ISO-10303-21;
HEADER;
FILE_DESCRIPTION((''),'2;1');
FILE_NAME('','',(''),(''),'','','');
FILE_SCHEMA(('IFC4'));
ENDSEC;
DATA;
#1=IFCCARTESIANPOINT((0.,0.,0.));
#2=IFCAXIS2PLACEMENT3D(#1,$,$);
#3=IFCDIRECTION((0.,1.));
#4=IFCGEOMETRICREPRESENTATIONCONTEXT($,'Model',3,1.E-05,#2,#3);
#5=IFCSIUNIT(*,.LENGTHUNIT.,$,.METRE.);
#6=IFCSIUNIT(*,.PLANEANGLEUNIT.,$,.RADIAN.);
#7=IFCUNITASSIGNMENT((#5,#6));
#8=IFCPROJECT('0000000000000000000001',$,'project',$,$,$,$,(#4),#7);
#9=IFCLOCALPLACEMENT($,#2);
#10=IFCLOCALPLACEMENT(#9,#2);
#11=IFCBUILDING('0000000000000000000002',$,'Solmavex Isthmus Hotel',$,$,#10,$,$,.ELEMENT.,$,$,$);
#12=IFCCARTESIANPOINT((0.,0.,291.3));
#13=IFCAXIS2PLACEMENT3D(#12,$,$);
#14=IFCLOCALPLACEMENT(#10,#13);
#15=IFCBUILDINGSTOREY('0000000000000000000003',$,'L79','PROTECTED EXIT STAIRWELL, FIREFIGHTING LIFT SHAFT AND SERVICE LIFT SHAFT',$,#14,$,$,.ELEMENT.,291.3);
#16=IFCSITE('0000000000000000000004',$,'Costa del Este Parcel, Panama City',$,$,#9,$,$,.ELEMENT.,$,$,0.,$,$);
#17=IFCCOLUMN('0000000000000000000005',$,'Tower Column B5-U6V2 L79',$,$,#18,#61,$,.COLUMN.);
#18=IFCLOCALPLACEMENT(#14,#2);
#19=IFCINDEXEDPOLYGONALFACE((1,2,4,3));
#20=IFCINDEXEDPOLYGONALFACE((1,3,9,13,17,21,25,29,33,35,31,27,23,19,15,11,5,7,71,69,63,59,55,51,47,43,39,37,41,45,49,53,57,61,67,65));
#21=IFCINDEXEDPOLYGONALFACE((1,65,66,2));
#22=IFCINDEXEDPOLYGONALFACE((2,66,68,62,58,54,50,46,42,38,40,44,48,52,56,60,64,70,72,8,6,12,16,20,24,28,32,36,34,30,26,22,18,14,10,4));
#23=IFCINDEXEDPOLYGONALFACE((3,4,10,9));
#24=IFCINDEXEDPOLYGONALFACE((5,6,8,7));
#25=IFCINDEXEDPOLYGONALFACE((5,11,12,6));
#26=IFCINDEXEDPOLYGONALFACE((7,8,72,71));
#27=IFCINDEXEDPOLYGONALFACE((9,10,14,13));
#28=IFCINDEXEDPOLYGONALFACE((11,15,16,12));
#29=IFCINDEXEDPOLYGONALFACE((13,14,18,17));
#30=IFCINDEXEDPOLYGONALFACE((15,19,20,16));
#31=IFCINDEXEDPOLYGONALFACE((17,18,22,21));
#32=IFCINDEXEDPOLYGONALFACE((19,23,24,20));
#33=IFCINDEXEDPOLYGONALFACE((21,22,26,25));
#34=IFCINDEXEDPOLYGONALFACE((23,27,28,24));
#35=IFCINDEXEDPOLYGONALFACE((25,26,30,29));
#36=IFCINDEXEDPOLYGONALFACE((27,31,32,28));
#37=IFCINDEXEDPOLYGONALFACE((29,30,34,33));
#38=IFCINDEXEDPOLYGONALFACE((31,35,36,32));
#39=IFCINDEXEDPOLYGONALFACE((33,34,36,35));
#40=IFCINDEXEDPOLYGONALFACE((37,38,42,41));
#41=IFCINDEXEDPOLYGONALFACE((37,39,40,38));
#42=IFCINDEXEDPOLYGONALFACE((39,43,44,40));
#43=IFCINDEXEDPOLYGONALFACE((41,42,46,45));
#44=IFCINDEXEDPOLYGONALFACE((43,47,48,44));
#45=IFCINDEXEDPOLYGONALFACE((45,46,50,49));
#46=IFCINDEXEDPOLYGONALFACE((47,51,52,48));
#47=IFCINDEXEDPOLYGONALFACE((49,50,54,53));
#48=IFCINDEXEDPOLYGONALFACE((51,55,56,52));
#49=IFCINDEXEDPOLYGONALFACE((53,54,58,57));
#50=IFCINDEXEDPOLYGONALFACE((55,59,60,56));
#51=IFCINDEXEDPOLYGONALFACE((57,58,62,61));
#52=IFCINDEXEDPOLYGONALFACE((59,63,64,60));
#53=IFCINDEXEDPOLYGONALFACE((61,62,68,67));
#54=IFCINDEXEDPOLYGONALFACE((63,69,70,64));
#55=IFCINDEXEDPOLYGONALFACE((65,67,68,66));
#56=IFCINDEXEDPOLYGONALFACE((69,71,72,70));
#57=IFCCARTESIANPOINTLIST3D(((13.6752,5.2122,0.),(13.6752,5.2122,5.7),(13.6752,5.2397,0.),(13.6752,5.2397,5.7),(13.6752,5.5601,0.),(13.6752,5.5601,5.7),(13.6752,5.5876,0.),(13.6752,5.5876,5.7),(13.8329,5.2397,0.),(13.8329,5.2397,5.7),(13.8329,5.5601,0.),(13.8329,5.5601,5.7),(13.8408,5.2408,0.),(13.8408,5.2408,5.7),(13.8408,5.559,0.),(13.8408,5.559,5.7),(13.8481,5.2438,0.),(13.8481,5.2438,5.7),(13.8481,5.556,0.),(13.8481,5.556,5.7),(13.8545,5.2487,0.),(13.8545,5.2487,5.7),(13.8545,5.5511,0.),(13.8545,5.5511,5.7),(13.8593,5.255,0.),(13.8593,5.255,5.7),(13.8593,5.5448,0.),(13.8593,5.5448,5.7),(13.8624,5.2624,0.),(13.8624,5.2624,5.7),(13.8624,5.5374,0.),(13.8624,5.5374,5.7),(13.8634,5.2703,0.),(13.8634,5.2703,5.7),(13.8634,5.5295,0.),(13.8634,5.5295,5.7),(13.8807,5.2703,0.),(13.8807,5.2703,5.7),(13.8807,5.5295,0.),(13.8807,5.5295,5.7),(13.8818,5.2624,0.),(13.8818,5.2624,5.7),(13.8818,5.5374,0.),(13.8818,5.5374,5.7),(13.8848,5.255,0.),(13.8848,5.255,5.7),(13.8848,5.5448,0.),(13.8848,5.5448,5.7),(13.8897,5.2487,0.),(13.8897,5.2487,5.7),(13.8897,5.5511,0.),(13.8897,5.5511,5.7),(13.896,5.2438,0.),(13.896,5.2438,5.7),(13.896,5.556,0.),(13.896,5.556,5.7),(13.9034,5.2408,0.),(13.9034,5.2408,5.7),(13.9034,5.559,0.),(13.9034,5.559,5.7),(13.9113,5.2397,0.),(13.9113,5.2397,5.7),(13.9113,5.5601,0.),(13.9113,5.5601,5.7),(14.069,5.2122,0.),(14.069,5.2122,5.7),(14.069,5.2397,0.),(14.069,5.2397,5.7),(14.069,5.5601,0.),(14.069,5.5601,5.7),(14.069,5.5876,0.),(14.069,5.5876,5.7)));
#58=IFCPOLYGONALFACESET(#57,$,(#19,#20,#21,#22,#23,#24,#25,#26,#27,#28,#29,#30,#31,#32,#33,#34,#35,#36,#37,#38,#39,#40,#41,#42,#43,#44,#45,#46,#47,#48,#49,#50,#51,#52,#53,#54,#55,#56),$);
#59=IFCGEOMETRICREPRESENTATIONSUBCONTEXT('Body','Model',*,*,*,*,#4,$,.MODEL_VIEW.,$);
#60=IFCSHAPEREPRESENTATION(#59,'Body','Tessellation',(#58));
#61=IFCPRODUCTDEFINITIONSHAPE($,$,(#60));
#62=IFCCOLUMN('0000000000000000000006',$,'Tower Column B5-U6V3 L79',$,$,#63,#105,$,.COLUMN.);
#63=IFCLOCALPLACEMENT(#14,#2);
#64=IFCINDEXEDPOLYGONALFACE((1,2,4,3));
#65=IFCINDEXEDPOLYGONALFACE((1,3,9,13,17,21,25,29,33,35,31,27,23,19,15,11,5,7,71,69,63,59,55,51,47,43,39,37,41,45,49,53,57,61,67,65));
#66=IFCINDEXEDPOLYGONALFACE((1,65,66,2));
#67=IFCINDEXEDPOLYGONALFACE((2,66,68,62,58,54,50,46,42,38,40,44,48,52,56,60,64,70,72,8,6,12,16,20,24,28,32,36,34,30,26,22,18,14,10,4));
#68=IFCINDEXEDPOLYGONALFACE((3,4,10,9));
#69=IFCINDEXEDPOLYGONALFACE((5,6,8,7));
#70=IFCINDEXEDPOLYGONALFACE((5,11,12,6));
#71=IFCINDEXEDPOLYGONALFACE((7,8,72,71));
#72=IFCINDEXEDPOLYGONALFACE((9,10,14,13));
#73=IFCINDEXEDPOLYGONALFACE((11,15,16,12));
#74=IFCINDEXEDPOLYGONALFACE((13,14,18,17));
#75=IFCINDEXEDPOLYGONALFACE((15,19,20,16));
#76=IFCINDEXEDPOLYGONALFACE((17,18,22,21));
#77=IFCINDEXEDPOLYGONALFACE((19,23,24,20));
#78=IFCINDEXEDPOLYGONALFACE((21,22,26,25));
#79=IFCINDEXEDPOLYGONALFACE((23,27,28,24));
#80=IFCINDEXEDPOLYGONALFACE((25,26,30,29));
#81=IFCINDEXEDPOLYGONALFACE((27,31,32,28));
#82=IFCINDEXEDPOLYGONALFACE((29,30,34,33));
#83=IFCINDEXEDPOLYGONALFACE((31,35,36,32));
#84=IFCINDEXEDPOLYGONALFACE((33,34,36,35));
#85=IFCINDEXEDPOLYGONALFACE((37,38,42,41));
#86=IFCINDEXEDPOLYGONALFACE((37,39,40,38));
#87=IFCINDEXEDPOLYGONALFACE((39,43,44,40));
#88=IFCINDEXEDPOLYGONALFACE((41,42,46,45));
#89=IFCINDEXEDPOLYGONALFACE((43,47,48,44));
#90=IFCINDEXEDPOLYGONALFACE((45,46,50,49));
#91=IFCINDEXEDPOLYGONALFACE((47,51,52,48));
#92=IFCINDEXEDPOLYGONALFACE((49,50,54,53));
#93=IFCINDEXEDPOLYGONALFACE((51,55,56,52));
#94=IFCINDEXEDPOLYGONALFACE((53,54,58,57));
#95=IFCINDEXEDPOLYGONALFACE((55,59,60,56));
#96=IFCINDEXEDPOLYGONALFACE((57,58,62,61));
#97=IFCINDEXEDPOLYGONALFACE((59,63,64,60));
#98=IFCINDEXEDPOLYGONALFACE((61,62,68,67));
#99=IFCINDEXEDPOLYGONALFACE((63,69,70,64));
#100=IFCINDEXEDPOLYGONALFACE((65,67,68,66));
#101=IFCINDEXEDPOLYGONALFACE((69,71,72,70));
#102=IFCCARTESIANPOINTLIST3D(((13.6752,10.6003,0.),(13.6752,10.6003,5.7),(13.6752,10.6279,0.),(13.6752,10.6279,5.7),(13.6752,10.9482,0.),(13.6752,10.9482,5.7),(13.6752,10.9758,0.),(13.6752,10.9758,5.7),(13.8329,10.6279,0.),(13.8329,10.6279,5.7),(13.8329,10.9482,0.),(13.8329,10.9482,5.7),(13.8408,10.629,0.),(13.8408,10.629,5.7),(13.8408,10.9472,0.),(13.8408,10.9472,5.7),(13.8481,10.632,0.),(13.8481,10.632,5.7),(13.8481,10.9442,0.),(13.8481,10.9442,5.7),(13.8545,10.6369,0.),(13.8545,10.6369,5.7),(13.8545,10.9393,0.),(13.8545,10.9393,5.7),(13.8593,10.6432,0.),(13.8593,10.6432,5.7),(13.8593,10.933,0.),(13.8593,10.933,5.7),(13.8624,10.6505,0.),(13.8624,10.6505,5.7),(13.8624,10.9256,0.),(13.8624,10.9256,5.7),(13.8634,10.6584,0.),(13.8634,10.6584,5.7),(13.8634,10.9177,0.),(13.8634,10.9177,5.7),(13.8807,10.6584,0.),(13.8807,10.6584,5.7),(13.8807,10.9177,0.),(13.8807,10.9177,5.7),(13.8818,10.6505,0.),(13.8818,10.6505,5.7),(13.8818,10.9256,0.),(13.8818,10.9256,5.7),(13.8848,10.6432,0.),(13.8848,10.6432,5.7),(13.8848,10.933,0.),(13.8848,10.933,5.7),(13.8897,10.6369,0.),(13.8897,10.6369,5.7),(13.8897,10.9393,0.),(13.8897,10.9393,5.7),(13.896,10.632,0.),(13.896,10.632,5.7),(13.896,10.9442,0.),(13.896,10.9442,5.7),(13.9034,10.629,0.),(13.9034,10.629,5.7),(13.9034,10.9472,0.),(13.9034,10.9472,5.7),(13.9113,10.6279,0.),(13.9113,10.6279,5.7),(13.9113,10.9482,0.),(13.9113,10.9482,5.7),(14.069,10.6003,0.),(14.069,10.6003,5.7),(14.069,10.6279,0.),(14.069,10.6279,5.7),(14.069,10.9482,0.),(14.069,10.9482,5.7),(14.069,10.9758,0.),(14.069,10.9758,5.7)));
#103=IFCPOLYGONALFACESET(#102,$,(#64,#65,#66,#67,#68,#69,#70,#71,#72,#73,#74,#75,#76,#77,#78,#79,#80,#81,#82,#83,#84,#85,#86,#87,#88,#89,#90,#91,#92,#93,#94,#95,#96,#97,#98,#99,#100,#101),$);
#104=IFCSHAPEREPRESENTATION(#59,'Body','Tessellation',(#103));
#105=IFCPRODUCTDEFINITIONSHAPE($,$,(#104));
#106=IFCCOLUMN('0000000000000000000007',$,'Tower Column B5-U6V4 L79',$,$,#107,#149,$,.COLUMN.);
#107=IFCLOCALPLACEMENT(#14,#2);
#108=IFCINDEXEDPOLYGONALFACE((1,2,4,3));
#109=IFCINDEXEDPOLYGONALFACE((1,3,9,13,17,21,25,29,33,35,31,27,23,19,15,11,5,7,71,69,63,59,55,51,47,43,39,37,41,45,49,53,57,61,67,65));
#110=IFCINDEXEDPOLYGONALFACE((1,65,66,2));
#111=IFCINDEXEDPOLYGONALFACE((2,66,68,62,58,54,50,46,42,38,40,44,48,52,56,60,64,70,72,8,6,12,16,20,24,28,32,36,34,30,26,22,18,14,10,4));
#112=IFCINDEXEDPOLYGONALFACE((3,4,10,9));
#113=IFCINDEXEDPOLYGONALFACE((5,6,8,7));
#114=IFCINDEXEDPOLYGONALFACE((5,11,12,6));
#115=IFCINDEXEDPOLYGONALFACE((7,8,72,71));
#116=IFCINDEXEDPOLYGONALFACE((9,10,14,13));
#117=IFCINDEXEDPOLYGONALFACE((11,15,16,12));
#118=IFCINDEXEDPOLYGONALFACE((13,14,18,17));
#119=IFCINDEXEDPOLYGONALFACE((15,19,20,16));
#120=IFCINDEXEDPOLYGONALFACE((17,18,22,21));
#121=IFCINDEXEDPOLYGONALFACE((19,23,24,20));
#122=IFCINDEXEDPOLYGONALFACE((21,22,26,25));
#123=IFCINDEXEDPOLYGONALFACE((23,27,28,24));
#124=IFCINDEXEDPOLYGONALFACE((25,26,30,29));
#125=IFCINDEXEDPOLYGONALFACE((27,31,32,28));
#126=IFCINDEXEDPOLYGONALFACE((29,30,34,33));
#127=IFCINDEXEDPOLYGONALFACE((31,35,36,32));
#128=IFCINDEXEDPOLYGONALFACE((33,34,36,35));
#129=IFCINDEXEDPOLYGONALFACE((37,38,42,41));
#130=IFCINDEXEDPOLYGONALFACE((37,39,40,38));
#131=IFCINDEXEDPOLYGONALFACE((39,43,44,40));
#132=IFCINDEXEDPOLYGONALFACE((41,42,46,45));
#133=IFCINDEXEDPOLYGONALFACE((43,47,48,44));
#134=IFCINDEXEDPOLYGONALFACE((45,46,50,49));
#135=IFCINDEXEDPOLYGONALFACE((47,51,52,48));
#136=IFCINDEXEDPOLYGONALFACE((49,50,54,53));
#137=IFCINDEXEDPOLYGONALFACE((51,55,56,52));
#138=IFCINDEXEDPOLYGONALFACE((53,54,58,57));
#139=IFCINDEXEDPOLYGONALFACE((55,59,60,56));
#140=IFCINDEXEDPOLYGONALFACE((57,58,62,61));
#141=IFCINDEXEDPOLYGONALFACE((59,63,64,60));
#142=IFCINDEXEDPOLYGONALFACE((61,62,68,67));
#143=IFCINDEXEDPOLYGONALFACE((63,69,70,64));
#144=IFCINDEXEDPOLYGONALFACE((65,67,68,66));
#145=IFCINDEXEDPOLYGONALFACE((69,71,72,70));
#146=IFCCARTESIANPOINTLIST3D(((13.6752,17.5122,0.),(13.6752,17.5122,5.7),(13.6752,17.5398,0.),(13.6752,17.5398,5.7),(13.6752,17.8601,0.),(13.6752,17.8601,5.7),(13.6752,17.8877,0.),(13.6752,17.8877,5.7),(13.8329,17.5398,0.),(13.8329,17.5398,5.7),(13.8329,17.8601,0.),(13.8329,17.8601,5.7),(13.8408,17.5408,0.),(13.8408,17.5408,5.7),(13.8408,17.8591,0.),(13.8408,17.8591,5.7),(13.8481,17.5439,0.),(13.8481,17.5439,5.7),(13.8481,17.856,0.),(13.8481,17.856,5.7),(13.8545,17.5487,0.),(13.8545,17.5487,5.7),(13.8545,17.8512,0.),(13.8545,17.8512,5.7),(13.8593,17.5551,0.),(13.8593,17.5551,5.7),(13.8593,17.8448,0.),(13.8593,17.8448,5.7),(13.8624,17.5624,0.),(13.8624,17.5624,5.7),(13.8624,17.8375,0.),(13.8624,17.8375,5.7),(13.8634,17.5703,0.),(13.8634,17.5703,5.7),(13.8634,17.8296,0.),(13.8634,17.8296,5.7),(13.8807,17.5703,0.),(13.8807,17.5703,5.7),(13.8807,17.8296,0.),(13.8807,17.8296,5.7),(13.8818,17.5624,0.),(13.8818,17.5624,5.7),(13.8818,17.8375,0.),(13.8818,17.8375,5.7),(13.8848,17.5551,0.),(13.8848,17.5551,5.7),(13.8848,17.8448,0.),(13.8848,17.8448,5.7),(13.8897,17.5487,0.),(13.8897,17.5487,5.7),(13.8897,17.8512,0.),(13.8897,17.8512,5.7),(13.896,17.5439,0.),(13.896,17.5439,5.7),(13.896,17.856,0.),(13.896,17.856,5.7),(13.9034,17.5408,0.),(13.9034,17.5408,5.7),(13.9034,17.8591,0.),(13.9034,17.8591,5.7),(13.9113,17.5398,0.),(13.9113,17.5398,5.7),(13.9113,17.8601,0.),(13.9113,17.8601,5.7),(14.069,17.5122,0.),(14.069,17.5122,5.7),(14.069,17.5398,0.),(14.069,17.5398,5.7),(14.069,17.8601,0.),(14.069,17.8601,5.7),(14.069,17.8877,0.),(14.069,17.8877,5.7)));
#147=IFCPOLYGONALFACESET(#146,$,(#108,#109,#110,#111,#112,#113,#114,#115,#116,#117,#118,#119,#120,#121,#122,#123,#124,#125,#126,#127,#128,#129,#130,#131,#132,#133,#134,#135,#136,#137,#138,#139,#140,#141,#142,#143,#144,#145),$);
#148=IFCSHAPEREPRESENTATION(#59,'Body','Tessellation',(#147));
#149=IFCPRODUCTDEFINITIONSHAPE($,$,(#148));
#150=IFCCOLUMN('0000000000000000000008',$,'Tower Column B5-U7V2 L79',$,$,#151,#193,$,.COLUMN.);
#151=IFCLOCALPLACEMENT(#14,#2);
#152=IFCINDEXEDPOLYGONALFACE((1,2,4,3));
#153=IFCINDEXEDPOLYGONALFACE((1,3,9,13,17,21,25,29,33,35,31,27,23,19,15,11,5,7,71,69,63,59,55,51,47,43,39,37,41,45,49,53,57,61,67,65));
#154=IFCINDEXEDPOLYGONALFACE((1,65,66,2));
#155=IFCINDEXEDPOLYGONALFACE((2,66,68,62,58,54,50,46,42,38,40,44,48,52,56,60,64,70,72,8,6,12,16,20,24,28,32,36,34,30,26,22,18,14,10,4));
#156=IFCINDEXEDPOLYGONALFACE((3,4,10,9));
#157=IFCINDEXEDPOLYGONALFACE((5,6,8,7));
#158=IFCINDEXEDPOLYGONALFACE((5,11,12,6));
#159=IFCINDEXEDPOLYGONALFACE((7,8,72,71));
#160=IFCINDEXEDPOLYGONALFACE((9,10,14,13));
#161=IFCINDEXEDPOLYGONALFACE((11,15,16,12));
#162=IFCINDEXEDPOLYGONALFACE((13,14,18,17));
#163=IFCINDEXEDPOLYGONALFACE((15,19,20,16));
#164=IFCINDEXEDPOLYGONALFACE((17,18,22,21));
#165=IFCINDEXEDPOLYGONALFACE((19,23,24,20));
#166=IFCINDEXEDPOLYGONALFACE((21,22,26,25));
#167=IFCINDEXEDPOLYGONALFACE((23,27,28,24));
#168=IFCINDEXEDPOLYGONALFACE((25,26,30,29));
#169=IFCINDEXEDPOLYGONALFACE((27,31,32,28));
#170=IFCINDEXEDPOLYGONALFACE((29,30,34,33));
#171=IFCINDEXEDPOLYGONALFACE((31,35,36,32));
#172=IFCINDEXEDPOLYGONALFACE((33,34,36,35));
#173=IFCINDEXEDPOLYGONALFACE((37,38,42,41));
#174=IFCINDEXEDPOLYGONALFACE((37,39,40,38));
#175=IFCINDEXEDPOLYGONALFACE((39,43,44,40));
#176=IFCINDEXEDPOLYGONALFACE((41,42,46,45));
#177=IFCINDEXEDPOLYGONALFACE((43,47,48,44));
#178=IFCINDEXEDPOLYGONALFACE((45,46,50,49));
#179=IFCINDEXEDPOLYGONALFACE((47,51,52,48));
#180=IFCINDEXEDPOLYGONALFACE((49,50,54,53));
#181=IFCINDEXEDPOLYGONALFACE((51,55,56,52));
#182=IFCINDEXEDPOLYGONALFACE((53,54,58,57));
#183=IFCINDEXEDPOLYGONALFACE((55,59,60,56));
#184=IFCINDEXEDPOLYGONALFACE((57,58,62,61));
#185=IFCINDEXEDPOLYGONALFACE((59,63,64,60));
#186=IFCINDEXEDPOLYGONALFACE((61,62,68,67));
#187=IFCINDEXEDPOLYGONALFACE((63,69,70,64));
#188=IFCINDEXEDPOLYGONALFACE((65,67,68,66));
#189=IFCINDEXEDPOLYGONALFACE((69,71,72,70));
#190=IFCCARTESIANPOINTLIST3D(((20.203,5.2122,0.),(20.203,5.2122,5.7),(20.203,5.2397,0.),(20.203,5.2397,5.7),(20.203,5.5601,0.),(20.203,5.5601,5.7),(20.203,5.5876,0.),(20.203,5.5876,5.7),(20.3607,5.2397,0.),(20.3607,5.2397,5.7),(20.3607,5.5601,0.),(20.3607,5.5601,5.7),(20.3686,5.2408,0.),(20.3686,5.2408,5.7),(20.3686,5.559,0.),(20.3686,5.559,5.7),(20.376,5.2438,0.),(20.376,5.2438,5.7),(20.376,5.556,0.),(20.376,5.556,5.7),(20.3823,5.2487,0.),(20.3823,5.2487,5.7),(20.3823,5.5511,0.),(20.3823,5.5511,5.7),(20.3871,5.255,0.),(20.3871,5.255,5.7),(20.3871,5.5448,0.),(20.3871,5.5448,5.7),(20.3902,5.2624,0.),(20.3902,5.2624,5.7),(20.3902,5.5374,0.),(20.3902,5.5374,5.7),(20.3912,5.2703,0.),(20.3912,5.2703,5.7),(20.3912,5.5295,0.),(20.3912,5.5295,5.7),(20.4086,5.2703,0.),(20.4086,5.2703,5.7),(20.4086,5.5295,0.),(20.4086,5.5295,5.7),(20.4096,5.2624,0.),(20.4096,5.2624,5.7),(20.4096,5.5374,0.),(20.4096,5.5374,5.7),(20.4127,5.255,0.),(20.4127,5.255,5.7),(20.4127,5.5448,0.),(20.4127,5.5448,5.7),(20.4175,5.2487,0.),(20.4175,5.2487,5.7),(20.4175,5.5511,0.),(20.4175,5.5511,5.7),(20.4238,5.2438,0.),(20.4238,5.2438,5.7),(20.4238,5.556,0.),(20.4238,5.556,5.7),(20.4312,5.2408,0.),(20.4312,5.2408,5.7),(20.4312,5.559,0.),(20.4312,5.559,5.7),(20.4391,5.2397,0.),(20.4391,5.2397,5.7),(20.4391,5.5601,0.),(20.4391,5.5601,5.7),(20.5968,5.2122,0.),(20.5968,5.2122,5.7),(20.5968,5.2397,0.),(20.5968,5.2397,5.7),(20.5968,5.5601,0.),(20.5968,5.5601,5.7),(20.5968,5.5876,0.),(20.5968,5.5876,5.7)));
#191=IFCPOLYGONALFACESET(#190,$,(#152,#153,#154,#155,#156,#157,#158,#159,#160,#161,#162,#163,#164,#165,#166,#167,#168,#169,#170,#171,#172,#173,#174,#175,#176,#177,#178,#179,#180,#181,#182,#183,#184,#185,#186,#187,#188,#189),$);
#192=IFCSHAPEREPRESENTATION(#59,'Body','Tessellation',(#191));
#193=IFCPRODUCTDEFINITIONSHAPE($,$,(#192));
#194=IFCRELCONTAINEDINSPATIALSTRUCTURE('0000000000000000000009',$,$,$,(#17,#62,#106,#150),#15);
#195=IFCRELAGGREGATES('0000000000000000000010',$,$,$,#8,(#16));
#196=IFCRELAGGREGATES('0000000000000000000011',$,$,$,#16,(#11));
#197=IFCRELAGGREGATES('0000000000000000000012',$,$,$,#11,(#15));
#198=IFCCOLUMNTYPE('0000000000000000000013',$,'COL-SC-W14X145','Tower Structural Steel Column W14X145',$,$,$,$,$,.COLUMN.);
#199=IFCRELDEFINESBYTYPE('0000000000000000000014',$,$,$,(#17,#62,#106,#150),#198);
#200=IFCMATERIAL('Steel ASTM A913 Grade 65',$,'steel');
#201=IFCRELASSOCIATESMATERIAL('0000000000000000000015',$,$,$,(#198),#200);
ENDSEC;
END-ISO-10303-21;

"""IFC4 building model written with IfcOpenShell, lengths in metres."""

from ifc_helpers import new_model, si_unit, direction, frame, origin, origin_2d, place, context, subcontext, project, spatial, i_section, extrude, material, material_profile, profile_set, type_object, element, save


model = new_model("IFC4")

# Units and contexts
model_context = context("Model", 3, precision=1e-05, world=origin(), true_north=direction((0.0, 1.0)))
body_context = subcontext(model_context, "Body", "Model", "MODEL_VIEW")
ifc_project = project(units=[si_unit("LENGTHUNIT", "METRE"), si_unit("PLANEANGLEUNIT", "RADIAN")], contexts=[model_context])

# Site, building, storey
site_placement = place(None, origin())
site = spatial("IfcSite", under=ifc_project, at=site_placement, Name="Costa del Este Parcel, Panama City", CompositionType="ELEMENT", RefElevation=0.0)
building_placement = place(site_placement, origin())
building = spatial("IfcBuilding", under=site, at=building_placement, Name="Solmavex Isthmus Hotel", CompositionType="ELEMENT")
storey_placement = place(building_placement, frame((0.0, 0.0, 291.3)))
storey = spatial("IfcBuildingStorey", under=building, at=storey_placement, Name="L79", Description="PROTECTED EXIT STAIRWELL, FIREFIGHTING LIFT SHAFT AND SERVICE LIFT SHAFT", CompositionType="ELEMENT", Elevation=291.3)

# Columns
ifc_material_1 = material(Name="Steel ASTM A913 Grade 65", Category="steel")
ifc_material_profile_1 = material_profile(ifc_material_1, i_section(OverallWidth=0.3938, OverallDepth=0.3755, WebThickness=0.0173, FlangeThickness=0.0276, FilletRadius=0.0305, at=origin_2d()), Name="W14X145")
ifc_profile_set_1 = profile_set([ifc_material_profile_1], Name="Steel ASTM A913 Grade 65")
column_type = type_object("IfcColumnType", Name="COL-SC-W14X145", Description="Tower Structural Steel Column W14X145", PredefinedType="COLUMN", material=ifc_profile_set_1)
for number, where, z_axis, x_axis, name in (
    (1, (13.8721, 5.3999, 0.0), (0.0, 0.0, 1.0), (1.0, 0.0, 0.0), "Tower Column B5-U6V2 L79"),
    (2, (13.8721, 10.7881, 0.0), (0.0, 0.0, 1.0), (1.0, 0.0, 0.0), "Tower Column B5-U6V3 L79"),
    (3, (13.8721, 17.7, 0.0), (0.0, 0.0, 1.0), (1.0, 0.0, 0.0), "Tower Column B5-U6V4 L79"),
    (4, (20.3999, 5.3999, 0.0), (0.0, 0.0, 1.0), (1.0, 0.0, 0.0), "Tower Column B5-U7V2 L79"),
):
    element("IfcColumn", number, at=place(storey_placement, frame(where, z_axis=z_axis, x_axis=x_axis)), inside=storey, type_object=column_type, Name=name, PredefinedType="COLUMN", context=body_context, shape_type="SweptSolid", body=[
        extrude(i_section(OverallWidth=0.3938, OverallDepth=0.3755, WebThickness=0.0173, FlangeThickness=0.0276, FilletRadius=0.0305, at=origin_2d()), origin(), (0.0, 0.0, 1.0), 5.7),
    ])

save(model, "model.ifc")
